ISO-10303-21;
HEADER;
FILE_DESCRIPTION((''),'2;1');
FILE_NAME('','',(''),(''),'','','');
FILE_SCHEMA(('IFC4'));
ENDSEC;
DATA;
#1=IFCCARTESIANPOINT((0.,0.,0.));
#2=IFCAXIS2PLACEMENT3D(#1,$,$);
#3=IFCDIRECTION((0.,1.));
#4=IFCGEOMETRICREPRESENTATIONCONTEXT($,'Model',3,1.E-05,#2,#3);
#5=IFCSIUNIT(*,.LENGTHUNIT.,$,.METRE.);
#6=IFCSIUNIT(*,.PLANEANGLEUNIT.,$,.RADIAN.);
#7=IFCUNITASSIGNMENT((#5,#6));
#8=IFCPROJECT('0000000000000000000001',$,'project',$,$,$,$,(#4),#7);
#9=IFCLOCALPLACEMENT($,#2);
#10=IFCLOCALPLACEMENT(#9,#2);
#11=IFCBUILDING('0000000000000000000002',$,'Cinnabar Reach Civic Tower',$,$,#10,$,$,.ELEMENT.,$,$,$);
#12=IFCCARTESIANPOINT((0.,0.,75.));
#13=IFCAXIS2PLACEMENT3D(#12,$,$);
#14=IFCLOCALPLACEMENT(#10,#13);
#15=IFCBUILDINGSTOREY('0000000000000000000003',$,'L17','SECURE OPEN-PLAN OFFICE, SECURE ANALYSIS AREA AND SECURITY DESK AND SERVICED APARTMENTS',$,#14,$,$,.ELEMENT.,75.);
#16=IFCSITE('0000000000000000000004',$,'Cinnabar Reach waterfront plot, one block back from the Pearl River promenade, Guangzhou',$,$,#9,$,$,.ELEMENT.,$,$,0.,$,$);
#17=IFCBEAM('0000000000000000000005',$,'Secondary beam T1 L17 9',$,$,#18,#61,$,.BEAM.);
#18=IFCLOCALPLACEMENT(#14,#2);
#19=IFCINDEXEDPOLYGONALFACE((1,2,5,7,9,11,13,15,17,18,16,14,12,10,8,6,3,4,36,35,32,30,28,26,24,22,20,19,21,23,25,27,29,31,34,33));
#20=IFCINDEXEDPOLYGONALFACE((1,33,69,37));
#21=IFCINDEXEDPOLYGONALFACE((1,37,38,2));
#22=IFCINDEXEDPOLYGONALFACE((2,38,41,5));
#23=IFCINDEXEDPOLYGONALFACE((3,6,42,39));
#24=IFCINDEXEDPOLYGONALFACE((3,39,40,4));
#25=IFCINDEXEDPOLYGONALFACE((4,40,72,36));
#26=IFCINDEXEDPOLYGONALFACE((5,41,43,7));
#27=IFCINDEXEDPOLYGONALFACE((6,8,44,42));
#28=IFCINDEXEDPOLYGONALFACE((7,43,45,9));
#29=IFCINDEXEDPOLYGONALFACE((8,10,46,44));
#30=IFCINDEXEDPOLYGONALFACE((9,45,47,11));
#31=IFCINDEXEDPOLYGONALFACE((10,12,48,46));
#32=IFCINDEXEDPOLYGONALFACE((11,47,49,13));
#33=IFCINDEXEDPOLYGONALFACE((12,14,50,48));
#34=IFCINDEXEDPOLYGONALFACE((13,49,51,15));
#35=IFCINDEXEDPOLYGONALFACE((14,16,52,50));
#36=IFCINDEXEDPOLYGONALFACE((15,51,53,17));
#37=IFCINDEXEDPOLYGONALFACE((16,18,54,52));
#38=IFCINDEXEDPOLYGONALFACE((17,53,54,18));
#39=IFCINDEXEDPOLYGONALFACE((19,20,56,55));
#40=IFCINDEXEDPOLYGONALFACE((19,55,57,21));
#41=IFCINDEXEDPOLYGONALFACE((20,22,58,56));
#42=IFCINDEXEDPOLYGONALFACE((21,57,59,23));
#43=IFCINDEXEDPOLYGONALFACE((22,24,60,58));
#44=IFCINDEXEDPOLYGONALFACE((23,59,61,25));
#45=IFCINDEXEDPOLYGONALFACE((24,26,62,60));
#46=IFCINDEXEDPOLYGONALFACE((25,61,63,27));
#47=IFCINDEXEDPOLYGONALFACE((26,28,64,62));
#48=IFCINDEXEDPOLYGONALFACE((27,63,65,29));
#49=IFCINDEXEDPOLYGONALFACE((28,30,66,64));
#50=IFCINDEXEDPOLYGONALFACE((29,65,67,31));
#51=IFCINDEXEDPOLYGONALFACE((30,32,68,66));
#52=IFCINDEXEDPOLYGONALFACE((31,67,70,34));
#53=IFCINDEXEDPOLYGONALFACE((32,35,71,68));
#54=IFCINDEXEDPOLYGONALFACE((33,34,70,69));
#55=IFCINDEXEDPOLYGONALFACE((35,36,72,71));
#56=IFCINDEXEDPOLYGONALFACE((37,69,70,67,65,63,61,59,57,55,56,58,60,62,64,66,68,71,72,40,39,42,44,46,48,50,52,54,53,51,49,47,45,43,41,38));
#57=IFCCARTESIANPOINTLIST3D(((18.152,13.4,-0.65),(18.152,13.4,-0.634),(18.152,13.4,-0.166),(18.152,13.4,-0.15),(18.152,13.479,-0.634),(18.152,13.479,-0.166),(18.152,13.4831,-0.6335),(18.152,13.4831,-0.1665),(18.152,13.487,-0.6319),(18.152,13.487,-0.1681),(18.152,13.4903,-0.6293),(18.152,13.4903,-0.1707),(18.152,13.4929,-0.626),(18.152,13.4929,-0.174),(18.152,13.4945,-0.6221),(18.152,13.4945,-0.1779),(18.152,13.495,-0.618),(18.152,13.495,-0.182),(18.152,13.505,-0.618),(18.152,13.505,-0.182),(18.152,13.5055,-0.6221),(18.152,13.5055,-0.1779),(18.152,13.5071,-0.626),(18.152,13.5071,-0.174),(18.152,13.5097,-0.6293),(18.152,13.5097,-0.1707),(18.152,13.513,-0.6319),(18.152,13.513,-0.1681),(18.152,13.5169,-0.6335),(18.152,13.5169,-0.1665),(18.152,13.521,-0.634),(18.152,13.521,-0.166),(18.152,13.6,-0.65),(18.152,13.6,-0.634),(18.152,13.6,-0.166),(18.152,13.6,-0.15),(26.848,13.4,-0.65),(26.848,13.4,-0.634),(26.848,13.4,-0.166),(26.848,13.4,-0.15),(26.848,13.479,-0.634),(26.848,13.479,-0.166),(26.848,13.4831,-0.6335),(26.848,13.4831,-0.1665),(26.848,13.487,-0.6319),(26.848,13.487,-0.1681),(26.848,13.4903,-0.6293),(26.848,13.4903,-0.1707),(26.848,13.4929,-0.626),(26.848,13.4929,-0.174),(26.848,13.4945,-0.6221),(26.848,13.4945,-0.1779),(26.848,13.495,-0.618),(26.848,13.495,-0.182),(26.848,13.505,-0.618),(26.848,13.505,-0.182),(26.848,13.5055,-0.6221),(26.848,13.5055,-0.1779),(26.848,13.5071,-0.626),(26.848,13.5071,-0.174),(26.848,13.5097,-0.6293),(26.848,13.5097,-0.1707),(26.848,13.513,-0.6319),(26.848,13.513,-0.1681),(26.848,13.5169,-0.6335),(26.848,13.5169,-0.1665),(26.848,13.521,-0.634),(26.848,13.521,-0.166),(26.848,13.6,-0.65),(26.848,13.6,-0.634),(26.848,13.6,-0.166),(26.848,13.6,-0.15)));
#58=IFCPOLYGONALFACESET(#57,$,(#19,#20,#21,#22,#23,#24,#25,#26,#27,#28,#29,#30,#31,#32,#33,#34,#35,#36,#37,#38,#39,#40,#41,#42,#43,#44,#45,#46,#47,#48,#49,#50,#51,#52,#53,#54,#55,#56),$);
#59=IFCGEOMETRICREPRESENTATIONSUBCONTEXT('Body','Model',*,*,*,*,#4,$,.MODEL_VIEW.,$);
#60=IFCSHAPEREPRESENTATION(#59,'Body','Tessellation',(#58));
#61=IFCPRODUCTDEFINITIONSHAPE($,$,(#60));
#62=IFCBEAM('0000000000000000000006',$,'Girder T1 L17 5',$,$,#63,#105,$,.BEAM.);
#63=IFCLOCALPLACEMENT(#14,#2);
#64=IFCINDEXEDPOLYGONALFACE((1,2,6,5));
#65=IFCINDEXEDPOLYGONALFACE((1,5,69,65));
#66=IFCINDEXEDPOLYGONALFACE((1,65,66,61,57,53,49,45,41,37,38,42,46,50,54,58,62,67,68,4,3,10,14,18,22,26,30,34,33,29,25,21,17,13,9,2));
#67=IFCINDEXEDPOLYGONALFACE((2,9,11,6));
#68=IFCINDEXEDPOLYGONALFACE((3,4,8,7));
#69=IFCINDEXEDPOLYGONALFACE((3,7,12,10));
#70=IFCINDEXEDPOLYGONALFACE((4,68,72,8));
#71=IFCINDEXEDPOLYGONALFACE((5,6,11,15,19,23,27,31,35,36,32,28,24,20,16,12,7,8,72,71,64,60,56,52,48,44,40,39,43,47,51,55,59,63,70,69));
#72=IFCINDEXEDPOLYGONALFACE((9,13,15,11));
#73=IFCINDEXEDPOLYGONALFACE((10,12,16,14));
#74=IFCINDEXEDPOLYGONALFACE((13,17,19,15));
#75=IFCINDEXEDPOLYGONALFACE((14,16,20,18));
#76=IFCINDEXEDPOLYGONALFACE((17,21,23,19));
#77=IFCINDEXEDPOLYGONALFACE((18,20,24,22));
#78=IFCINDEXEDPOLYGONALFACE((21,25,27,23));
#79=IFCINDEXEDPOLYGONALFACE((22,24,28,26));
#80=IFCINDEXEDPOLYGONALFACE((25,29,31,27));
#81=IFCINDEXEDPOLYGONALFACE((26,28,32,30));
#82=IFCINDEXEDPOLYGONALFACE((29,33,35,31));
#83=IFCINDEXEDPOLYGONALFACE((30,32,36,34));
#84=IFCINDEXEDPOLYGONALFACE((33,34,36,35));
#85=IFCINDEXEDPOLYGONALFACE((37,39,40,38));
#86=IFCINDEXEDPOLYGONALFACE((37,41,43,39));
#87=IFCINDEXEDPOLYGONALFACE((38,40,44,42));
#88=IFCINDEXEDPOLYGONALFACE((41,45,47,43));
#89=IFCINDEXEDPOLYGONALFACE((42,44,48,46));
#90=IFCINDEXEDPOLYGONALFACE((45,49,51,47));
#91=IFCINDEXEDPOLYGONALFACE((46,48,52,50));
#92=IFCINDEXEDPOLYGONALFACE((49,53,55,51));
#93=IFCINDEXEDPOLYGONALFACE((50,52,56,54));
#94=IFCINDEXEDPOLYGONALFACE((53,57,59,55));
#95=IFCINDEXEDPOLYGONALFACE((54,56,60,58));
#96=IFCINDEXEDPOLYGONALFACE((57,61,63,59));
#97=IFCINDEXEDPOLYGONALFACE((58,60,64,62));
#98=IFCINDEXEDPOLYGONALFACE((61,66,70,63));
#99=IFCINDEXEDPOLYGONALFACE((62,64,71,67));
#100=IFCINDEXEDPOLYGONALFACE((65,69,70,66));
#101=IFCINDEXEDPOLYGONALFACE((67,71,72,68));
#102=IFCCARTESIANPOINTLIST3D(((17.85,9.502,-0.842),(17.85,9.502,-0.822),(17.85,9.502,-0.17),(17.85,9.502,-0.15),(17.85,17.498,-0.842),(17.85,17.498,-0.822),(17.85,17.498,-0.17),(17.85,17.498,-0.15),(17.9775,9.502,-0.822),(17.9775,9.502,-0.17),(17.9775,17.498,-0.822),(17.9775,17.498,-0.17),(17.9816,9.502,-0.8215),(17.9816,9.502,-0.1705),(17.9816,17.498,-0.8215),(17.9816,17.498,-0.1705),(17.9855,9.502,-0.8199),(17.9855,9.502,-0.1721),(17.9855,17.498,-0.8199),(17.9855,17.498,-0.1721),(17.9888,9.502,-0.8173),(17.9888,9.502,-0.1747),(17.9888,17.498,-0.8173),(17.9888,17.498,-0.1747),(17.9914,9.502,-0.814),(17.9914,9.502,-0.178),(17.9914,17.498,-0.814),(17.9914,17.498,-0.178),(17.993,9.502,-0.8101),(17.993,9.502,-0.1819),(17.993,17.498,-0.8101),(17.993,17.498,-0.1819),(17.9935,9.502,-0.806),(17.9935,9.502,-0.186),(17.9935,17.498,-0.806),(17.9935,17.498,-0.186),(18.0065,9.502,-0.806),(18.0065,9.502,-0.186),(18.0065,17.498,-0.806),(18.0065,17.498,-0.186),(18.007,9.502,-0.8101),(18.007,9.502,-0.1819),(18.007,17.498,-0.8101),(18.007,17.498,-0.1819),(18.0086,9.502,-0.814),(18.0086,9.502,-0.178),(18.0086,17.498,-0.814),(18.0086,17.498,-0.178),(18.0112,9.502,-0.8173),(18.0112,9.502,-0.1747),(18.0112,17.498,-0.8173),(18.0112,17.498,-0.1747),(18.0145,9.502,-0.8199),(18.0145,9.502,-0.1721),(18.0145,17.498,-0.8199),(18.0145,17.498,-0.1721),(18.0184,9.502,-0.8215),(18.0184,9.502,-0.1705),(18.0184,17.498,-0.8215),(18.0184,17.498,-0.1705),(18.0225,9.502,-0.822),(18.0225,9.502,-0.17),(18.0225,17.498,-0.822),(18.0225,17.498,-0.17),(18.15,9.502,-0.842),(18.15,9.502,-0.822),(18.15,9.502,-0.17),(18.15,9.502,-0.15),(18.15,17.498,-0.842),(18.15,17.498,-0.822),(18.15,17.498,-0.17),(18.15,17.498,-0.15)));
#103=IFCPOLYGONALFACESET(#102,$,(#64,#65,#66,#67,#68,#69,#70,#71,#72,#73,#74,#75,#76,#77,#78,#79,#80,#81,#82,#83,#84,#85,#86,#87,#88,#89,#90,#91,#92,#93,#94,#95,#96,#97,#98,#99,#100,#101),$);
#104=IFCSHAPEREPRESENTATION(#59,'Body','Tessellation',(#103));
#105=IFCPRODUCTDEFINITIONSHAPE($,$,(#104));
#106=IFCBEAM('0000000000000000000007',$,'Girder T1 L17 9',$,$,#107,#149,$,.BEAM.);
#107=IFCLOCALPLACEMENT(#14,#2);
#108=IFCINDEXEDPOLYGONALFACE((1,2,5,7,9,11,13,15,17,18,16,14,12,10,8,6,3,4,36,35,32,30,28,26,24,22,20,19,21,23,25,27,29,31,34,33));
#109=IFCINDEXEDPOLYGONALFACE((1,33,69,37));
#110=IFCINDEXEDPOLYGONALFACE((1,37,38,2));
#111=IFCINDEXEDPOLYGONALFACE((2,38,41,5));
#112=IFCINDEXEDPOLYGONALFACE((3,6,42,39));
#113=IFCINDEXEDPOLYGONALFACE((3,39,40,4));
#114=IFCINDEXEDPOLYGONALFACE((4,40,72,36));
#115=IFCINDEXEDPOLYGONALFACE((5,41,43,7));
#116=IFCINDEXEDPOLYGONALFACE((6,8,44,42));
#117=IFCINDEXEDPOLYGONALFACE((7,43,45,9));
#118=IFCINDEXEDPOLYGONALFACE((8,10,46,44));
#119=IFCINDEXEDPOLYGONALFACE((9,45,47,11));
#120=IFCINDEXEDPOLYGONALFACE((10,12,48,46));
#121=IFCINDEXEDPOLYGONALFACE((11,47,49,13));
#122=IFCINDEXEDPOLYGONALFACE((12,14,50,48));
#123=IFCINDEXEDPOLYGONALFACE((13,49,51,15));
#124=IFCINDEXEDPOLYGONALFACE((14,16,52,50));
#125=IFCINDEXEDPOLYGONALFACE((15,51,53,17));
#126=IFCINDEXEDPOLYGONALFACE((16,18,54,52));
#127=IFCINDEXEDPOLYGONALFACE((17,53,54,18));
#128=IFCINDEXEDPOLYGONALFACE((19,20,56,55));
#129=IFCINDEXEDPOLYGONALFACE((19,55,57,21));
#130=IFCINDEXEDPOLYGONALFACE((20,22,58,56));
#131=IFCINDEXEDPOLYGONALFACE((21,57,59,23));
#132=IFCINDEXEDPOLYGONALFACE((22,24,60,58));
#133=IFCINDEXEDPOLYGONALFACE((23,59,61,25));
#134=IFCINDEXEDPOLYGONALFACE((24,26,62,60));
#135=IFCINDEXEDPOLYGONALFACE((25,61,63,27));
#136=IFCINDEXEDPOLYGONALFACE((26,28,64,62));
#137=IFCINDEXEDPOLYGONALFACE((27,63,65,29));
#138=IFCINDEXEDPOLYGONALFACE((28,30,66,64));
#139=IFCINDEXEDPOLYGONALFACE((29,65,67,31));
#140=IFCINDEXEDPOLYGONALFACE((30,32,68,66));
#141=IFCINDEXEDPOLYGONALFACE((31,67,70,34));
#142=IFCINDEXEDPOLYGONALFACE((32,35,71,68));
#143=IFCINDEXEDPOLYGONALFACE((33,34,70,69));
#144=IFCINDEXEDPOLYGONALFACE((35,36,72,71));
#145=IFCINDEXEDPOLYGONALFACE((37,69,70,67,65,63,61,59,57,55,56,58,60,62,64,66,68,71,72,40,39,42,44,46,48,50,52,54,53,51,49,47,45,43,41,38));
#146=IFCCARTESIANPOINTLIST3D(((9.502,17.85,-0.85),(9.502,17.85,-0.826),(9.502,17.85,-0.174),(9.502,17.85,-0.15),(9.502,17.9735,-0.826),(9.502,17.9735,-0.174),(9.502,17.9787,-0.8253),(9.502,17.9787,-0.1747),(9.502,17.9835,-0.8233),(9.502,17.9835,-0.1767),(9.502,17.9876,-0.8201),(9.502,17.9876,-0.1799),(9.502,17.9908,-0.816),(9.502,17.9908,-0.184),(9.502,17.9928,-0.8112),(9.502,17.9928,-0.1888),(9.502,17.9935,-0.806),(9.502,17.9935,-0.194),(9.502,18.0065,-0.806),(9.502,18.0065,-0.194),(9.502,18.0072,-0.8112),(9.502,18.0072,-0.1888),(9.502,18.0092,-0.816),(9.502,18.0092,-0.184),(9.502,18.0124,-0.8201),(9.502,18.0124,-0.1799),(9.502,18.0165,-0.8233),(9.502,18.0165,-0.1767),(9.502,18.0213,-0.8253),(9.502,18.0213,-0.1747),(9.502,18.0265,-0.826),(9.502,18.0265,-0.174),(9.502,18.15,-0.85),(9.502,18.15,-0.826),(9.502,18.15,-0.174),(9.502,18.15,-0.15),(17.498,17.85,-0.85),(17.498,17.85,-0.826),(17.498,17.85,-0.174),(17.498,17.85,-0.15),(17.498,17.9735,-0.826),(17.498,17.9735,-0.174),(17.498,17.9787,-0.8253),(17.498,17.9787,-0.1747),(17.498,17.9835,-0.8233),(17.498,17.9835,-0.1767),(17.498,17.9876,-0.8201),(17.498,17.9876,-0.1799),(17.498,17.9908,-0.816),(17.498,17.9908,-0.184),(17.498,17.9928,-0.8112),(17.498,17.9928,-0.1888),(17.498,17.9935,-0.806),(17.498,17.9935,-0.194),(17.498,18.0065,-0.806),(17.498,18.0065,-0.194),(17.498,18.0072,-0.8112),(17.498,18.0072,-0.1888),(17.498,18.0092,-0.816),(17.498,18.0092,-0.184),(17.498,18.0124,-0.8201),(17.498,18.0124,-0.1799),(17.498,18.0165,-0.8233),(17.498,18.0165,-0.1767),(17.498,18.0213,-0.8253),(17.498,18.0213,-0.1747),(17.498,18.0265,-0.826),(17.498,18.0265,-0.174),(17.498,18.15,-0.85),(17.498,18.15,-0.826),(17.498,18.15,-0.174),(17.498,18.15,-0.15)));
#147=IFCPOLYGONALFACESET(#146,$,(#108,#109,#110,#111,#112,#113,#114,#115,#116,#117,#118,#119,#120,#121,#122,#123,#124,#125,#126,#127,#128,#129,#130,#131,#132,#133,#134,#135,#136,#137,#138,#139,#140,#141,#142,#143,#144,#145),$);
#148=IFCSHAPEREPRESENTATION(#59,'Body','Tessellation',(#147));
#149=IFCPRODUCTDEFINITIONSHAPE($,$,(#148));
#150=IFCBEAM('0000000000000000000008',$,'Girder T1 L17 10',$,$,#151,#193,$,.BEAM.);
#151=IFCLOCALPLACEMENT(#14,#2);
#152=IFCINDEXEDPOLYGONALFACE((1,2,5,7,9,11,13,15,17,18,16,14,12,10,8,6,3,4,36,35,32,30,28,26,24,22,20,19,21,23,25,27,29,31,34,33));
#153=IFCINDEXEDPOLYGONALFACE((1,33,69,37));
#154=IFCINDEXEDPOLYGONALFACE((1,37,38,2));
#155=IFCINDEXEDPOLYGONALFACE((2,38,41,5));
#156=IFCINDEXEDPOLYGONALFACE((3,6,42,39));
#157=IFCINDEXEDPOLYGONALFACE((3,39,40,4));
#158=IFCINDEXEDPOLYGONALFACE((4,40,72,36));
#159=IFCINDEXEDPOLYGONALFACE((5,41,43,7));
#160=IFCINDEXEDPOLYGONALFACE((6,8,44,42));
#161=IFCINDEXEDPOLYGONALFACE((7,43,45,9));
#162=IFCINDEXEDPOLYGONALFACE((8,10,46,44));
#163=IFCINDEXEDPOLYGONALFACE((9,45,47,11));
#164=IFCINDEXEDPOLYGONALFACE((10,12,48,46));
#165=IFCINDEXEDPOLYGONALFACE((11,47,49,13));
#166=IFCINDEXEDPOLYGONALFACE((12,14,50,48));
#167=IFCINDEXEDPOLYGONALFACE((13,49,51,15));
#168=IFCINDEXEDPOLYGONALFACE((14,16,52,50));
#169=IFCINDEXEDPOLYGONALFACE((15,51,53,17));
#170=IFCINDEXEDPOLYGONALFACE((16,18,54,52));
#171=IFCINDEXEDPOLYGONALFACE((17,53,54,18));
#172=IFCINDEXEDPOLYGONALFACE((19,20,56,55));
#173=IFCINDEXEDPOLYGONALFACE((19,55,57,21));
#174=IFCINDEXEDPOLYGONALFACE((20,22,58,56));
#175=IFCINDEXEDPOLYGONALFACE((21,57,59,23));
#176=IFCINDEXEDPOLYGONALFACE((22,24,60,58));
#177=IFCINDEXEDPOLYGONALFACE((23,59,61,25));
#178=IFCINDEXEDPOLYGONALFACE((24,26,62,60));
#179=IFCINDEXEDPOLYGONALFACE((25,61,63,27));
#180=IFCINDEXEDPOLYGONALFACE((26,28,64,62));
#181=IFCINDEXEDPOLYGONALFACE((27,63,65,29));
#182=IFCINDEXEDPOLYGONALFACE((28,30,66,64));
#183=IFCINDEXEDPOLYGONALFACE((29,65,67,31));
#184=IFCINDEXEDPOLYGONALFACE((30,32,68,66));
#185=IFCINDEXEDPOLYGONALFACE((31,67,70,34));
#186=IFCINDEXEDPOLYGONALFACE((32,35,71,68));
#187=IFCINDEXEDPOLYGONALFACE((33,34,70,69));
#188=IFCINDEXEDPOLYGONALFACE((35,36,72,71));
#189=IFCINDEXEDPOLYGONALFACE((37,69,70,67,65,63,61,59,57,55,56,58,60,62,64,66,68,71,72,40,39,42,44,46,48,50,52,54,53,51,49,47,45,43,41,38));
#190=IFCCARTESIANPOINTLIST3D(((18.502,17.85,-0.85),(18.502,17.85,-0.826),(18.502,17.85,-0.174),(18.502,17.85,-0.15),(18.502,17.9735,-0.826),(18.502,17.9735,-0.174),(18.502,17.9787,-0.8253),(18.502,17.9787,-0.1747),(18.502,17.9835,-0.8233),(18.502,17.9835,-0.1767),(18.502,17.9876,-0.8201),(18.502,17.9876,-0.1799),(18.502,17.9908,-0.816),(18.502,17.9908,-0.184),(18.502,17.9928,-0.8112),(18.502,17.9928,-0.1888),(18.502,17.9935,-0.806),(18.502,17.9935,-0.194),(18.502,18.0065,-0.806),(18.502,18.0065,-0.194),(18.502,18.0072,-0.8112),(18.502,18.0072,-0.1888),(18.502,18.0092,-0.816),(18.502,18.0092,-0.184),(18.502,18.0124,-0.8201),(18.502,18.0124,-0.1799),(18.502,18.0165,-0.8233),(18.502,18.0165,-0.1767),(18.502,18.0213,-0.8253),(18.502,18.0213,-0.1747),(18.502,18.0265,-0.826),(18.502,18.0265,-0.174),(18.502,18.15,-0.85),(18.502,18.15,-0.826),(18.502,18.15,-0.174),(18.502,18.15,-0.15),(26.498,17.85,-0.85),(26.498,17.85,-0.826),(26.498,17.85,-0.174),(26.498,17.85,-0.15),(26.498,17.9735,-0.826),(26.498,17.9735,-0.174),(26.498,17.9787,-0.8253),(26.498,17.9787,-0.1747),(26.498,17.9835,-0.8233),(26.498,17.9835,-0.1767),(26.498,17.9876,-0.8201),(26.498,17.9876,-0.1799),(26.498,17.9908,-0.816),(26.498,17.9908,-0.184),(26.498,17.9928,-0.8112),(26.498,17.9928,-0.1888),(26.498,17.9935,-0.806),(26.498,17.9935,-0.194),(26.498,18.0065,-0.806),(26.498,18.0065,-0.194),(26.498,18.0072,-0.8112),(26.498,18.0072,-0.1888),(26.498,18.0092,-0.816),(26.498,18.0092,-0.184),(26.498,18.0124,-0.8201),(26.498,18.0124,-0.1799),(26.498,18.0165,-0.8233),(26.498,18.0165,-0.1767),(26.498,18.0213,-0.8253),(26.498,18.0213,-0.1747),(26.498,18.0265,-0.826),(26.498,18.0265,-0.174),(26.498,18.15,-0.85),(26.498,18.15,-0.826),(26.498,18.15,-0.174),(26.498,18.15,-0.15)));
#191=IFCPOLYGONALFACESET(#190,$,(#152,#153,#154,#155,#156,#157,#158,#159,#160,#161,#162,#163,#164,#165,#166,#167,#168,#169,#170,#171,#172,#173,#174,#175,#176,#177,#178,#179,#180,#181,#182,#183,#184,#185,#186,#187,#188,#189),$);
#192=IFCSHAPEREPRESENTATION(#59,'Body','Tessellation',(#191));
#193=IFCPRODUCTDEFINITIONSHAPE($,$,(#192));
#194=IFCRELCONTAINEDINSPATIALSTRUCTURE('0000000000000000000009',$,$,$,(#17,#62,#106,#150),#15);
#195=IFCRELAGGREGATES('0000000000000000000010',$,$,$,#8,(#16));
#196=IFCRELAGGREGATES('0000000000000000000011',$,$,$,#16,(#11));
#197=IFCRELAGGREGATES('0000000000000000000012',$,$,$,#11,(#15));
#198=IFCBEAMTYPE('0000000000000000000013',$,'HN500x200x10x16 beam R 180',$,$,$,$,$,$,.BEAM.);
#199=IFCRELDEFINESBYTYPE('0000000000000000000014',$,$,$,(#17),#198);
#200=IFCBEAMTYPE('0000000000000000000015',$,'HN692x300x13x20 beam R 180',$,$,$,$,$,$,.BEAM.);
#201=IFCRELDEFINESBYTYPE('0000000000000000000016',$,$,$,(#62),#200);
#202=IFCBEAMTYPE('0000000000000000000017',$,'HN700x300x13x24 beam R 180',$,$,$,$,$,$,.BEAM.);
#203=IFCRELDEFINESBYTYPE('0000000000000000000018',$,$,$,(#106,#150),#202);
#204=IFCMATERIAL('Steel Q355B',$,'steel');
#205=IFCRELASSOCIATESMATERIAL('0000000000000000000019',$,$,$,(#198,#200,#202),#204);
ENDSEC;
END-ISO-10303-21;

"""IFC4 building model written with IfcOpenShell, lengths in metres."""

from ifc_helpers import new_model, si_unit, direction, frame, origin, origin_2d, place, context, subcontext, project, spatial, i_section, extrude, material, material_profile, profile_set, type_object, element, save


model = new_model("IFC4")

# Units and contexts
model_context = context("Model", 3, precision=1e-05, world=origin(), true_north=direction((0.0, 1.0)))
body_context = subcontext(model_context, "Body", "Model", "MODEL_VIEW")
ifc_project = project(units=[si_unit("LENGTHUNIT", "METRE"), si_unit("PLANEANGLEUNIT", "RADIAN")], contexts=[model_context])

# Site, building, storey
site_placement = place(None, origin())
site = spatial("IfcSite", under=ifc_project, at=site_placement, Name="Cinnabar Reach waterfront plot, one block back from the Pearl River promenade, Guangzhou", CompositionType="ELEMENT", RefElevation=0.0)
building_placement = place(site_placement, origin())
building = spatial("IfcBuilding", under=site, at=building_placement, Name="Cinnabar Reach Civic Tower", CompositionType="ELEMENT")
storey_placement = place(building_placement, frame((0.0, 0.0, 75.0)))
storey = spatial("IfcBuildingStorey", under=building, at=storey_placement, Name="L17", Description="SECURE OPEN-PLAN OFFICE, SECURE ANALYSIS AREA AND SECURITY DESK AND SERVICED APARTMENTS", CompositionType="ELEMENT", Elevation=75.0)

# Beams
ifc_material_1 = material(Name="Steel Q355B", Category="steel")
ifc_material_profile_1 = material_profile(ifc_material_1, i_section(OverallWidth=0.2, OverallDepth=0.5, WebThickness=0.01, FlangeThickness=0.016, FilletRadius=0.016, at=origin_2d()), Name="HN500x200x10x16")
ifc_profile_set_1 = profile_set([ifc_material_profile_1], Name="Steel Q355B")
beam_type_1 = type_object("IfcBeamType", Name="HN500x200x10x16 beam R 180", PredefinedType="BEAM", material=ifc_profile_set_1)
for number, where, z_axis, x_axis, name in (
    (1, (18.152, 13.5, -0.4), (1.0, 0.0, 0.0), (0.0, 1.0, 0.0), "Secondary beam T1 L17 9"),
):
    element("IfcBeam", number, at=place(storey_placement, frame(where, z_axis=z_axis, x_axis=x_axis)), inside=storey, type_object=beam_type_1, Name=name, PredefinedType="BEAM", context=body_context, shape_type="SweptSolid", body=[
        extrude(i_section(OverallWidth=0.2, OverallDepth=0.5, WebThickness=0.01, FlangeThickness=0.016, FilletRadius=0.016, at=origin_2d()), origin(), (0.0, 0.0, 1.0), 8.696),
    ])
ifc_material_profile_2 = material_profile(ifc_material_1, i_section(OverallWidth=0.3, OverallDepth=0.692, WebThickness=0.013, FlangeThickness=0.02, FilletRadius=0.016, at=origin_2d()), Name="HN692x300x13x20")
ifc_profile_set_2 = profile_set([ifc_material_profile_2], Name="Steel Q355B")
beam_type_2 = type_object("IfcBeamType", Name="HN692x300x13x20 beam R 180", PredefinedType="BEAM", material=ifc_profile_set_2)
beam_1_placement = place(storey_placement, frame((18.0, 9.502, -0.496), z_axis=(0.0, 1.0, 0.0), x_axis=(-1.0, 0.0, 0.0)))
element("IfcBeam", 2, at=beam_1_placement, inside=storey, type_object=beam_type_2, Name="Girder T1 L17 5", PredefinedType="BEAM", context=body_context, shape_type="SweptSolid", body=[
    extrude(i_section(OverallWidth=0.3, OverallDepth=0.692, WebThickness=0.013, FlangeThickness=0.02, FilletRadius=0.016, at=origin_2d()), origin(), (0.0, 0.0, 1.0), 7.996),
])
ifc_material_profile_3 = material_profile(ifc_material_1, i_section(OverallWidth=0.3, OverallDepth=0.7, WebThickness=0.013, FlangeThickness=0.024, FilletRadius=0.02, at=origin_2d()), Name="HN700x300x13x24")
ifc_profile_set_3 = profile_set([ifc_material_profile_3], Name="Steel Q355B")
beam_type_3 = type_object("IfcBeamType", Name="HN700x300x13x24 beam R 180", PredefinedType="BEAM", material=ifc_profile_set_3)
for number, where, z_axis, x_axis, name in (
    (3, (9.502, 18.0, -0.5), (1.0, 0.0, 0.0), (0.0, 1.0, 0.0), "Girder T1 L17 9"),
    (4, (18.502, 18.0, -0.5), (1.0, 0.0, 0.0), (0.0, 1.0, 0.0), "Girder T1 L17 10"),
):
    element("IfcBeam", number, at=place(storey_placement, frame(where, z_axis=z_axis, x_axis=x_axis)), inside=storey, type_object=beam_type_3, Name=name, PredefinedType="BEAM", context=body_context, shape_type="SweptSolid", body=[
        extrude(i_section(OverallWidth=0.3, OverallDepth=0.7, WebThickness=0.013, FlangeThickness=0.024, FilletRadius=0.02, at=origin_2d()), origin(), (0.0, 0.0, 1.0), 7.996),
    ])

save(model, "model.ifc")
